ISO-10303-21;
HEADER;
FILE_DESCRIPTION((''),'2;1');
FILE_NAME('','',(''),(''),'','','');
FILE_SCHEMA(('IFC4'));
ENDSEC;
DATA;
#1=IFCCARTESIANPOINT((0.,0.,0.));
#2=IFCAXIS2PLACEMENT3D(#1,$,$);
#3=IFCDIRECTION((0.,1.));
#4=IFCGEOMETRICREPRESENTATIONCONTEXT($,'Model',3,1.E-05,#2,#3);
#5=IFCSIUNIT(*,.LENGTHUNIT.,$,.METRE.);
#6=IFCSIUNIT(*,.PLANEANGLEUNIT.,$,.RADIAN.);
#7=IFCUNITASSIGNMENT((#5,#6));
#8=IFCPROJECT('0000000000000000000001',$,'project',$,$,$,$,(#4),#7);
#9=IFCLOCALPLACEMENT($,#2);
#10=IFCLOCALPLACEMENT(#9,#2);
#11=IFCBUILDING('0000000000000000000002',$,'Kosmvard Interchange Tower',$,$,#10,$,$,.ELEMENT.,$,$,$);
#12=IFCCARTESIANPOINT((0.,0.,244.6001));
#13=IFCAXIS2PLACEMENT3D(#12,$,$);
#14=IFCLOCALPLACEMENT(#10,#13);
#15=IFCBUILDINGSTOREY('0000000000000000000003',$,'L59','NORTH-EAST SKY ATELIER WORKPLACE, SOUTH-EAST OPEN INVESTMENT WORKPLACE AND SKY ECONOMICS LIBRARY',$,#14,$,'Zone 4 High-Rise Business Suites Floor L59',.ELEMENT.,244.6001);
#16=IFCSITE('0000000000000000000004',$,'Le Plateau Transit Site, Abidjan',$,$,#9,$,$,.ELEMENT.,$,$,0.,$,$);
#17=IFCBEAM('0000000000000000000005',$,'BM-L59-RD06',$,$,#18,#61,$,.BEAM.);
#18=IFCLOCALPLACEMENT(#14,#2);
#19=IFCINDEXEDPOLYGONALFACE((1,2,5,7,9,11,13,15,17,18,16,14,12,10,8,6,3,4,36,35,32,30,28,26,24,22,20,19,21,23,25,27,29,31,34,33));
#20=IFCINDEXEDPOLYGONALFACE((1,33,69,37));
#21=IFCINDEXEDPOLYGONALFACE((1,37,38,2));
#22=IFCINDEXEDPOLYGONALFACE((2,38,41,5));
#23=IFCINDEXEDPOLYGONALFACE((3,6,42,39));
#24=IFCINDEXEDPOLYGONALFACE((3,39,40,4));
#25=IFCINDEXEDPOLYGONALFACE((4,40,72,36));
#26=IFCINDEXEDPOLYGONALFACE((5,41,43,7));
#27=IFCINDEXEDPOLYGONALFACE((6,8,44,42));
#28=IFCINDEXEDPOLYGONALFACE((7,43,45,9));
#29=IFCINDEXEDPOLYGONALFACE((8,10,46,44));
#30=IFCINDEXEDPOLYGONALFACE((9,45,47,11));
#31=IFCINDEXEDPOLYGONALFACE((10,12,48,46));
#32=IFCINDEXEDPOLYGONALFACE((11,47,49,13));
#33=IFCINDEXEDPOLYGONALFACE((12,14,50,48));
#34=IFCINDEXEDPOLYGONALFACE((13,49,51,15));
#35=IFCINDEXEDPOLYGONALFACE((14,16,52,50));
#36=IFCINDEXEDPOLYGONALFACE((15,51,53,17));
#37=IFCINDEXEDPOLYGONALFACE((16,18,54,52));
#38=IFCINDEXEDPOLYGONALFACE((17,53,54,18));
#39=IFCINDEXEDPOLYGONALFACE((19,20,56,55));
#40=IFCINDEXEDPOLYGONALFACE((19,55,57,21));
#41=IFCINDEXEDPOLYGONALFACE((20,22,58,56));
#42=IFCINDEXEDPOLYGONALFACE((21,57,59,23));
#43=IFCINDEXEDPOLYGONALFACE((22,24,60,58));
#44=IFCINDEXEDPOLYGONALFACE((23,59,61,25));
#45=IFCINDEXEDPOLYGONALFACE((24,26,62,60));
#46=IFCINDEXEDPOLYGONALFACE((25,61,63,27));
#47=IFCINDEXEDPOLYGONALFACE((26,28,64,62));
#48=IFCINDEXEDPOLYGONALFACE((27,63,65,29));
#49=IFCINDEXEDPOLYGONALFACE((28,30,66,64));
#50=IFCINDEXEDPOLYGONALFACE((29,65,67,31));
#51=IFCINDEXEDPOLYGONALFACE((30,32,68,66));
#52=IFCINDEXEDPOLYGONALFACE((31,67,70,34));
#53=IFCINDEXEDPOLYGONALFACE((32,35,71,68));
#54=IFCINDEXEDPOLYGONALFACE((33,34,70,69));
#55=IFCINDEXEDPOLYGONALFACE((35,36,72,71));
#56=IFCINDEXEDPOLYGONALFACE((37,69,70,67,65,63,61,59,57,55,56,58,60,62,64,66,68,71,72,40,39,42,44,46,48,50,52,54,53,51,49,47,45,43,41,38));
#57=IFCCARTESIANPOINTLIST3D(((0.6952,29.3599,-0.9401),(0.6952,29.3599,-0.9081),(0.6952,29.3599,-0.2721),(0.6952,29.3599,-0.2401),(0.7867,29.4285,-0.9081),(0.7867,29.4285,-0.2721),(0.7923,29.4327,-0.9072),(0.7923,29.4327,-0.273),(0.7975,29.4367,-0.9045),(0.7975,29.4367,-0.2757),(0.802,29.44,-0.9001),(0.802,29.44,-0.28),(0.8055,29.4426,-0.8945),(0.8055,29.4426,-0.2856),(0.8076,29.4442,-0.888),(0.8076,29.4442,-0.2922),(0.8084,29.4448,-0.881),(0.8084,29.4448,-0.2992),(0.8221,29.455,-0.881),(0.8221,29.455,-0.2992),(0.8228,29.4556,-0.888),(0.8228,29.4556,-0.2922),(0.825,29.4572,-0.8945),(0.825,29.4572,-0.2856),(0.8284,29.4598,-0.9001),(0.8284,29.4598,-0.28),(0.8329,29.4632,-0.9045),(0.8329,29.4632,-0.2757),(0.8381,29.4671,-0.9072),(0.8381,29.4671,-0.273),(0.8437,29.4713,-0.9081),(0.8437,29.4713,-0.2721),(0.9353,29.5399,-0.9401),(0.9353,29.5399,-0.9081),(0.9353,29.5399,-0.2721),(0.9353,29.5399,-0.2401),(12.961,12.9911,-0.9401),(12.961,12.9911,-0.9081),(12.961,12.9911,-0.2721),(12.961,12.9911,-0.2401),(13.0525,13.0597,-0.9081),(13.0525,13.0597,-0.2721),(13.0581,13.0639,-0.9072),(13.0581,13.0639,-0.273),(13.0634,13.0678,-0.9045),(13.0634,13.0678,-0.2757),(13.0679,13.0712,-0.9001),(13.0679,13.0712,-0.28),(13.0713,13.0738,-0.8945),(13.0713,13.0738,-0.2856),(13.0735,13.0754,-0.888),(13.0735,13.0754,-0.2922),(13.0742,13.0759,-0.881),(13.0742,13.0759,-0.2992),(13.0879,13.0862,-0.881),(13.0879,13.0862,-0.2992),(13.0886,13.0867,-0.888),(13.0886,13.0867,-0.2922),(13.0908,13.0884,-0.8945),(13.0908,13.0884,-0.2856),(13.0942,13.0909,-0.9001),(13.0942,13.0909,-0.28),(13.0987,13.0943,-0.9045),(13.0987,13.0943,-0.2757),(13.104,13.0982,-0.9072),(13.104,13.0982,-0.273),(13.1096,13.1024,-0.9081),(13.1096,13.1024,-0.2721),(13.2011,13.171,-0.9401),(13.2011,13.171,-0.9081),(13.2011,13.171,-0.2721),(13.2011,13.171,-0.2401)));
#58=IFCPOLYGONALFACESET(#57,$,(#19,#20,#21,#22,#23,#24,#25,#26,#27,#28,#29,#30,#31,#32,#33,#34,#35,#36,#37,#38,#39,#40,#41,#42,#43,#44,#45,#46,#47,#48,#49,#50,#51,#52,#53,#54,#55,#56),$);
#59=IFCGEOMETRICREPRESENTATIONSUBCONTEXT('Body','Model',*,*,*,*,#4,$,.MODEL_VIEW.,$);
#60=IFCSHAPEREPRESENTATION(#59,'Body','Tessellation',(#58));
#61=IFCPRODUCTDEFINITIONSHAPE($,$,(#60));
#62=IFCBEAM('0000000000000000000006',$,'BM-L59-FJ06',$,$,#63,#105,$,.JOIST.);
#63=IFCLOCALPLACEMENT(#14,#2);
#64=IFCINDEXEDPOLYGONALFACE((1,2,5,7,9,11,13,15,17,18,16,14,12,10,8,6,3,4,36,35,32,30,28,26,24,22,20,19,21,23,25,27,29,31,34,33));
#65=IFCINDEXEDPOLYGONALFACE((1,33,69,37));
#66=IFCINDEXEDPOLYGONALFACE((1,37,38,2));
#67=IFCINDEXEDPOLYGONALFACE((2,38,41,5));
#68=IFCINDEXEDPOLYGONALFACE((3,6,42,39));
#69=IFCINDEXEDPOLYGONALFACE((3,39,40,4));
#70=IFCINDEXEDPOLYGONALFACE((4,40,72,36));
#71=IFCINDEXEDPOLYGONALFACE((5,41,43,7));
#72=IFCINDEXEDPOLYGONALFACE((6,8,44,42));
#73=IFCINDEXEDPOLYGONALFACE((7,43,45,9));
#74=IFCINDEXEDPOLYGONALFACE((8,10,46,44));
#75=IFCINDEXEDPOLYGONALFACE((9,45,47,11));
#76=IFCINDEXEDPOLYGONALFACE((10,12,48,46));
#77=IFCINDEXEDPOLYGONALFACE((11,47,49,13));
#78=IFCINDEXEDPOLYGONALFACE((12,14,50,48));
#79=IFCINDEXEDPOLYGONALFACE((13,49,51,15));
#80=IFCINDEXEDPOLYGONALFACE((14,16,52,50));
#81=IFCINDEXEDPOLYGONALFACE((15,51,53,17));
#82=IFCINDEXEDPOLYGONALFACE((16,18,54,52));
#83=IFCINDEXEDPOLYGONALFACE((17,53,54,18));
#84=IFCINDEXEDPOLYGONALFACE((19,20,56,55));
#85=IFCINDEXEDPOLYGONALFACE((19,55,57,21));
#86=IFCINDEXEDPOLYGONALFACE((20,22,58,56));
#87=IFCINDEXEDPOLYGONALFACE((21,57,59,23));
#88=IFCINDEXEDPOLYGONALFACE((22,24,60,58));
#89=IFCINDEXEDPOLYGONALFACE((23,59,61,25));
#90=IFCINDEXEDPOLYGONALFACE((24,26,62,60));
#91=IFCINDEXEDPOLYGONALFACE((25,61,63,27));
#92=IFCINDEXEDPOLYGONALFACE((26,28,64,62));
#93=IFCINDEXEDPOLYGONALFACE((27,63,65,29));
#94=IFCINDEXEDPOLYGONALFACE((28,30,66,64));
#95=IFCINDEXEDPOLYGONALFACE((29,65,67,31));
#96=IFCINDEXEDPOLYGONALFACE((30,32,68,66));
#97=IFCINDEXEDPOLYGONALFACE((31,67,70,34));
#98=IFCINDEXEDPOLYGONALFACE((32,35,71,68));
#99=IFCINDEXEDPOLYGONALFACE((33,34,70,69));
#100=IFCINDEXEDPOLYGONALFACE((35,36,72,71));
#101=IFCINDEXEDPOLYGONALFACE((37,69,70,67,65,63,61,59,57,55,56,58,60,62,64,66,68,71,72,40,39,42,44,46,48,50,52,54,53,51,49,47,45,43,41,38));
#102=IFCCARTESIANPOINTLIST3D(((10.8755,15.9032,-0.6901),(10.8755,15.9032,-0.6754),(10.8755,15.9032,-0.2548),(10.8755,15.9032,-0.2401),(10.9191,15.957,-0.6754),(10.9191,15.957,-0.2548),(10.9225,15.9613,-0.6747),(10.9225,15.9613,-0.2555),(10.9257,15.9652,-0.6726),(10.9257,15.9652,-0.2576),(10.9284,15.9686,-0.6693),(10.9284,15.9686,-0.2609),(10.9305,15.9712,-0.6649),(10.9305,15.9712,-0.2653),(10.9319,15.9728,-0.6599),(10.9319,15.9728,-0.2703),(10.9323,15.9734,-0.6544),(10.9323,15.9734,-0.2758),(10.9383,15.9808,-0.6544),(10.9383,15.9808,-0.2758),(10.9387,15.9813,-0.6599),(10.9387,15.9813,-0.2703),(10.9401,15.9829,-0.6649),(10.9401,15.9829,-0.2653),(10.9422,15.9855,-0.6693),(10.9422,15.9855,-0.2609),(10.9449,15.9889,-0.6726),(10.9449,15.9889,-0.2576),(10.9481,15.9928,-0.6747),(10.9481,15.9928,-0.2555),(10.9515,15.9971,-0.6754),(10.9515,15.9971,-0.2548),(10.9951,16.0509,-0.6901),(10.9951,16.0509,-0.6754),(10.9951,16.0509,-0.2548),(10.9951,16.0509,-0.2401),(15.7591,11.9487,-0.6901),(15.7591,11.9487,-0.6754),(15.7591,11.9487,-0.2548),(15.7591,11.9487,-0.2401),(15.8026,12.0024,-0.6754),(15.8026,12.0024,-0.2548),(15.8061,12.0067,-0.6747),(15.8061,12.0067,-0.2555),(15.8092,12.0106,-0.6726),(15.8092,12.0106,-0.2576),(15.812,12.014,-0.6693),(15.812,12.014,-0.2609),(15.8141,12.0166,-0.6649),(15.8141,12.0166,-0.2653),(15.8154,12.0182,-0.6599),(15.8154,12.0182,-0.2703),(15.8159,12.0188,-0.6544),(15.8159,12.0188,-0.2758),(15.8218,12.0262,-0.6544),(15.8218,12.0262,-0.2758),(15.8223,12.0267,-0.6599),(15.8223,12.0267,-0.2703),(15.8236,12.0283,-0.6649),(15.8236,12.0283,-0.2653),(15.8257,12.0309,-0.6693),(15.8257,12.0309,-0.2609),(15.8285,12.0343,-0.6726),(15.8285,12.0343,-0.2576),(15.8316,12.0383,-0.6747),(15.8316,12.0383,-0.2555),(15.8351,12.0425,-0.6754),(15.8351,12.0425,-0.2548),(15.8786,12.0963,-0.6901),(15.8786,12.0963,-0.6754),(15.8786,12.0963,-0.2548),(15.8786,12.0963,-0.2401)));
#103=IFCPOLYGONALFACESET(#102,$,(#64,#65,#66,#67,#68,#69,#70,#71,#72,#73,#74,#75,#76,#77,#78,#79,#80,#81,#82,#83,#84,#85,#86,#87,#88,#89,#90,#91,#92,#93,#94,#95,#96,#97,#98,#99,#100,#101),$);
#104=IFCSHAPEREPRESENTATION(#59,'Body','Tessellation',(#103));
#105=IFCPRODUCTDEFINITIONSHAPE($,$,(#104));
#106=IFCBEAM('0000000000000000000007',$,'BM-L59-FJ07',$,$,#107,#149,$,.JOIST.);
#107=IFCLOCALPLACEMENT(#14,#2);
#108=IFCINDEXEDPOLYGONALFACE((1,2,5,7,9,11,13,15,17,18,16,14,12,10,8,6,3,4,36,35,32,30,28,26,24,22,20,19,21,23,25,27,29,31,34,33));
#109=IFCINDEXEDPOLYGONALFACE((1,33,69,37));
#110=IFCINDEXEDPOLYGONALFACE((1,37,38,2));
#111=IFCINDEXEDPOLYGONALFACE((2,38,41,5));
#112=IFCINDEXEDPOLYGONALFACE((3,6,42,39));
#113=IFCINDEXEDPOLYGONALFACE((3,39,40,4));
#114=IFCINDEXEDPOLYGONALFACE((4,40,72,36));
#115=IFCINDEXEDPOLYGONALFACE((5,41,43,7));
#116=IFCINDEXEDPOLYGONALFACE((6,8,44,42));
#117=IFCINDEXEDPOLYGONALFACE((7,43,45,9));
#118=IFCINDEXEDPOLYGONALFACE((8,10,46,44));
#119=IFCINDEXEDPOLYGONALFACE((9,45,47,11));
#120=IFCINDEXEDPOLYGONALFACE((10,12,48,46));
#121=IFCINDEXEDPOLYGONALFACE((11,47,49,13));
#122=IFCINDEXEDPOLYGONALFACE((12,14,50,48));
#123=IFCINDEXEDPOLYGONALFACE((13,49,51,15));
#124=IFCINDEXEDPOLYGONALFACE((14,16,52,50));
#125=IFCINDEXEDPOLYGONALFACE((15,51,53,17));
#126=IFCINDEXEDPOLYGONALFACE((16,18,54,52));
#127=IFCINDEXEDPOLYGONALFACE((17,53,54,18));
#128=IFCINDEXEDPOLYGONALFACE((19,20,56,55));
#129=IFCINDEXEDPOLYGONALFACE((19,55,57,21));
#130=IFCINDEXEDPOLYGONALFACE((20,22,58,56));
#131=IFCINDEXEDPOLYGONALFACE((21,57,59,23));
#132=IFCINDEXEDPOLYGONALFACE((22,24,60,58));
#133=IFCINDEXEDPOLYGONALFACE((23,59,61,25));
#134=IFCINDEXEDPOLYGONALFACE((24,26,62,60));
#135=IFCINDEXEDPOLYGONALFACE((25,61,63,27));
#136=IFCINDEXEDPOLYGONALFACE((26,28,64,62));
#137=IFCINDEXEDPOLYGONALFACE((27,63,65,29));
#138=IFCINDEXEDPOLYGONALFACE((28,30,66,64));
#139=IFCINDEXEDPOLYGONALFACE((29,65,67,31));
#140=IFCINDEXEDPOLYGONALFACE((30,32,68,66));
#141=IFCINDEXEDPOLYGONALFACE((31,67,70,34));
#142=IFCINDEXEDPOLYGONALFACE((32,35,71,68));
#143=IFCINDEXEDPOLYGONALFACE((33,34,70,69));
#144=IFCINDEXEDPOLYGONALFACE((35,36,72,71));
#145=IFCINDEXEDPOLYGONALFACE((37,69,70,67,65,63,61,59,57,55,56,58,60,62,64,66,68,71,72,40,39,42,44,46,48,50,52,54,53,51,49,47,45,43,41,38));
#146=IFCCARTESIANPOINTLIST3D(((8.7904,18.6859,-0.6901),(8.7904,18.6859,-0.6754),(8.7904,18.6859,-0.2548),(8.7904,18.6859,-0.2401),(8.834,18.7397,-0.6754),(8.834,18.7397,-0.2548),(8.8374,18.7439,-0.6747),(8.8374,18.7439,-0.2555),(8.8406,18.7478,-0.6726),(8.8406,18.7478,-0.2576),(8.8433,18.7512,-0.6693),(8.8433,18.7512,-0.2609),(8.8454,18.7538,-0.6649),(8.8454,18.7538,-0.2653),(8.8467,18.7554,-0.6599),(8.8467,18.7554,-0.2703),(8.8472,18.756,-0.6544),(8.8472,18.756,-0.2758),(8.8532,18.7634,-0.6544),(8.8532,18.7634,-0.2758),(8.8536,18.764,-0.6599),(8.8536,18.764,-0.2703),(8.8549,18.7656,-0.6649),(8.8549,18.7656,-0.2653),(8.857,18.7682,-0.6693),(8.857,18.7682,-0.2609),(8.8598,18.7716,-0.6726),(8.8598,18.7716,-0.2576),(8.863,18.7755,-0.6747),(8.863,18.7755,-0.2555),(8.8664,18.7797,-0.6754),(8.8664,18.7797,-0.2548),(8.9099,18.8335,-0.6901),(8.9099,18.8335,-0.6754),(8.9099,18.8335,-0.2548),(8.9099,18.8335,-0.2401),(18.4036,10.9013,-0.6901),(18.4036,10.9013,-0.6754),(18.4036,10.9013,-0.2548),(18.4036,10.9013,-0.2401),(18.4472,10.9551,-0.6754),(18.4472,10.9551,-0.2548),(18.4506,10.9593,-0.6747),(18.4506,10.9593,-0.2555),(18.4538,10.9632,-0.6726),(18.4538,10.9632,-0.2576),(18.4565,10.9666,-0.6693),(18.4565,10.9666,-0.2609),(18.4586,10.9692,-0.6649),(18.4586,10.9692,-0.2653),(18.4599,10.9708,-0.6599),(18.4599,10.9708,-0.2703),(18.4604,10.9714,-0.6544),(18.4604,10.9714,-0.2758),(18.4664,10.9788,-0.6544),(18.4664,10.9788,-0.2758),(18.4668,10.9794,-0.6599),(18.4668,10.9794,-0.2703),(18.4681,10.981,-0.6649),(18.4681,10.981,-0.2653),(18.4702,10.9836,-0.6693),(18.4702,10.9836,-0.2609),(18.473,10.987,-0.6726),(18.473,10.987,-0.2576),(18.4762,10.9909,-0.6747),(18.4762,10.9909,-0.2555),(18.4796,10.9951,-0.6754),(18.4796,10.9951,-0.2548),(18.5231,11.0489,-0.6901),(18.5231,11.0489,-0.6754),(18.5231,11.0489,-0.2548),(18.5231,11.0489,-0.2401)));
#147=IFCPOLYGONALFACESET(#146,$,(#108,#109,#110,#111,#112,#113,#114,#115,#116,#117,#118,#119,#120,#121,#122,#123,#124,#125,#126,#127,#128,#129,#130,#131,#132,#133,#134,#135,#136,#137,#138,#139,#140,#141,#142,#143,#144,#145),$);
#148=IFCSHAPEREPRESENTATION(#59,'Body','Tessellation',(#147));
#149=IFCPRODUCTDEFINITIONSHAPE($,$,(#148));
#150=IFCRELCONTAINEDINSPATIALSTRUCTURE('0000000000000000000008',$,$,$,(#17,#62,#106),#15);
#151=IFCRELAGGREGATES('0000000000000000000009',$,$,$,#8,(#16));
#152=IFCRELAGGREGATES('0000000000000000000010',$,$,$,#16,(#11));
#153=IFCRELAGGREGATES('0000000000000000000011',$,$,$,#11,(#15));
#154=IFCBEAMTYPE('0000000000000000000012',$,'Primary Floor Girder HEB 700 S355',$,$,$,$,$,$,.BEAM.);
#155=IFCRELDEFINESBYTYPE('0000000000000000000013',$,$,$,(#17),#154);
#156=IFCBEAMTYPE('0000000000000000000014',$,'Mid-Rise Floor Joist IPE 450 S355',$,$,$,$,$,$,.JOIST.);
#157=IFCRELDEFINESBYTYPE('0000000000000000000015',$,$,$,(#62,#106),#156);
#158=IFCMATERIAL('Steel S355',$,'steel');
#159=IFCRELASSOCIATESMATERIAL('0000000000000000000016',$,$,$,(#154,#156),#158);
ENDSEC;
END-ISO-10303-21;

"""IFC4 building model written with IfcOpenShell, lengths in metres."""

from ifc_helpers import new_model, si_unit, direction, frame, origin, origin_2d, place, context, subcontext, project, spatial, i_section, extrude, source, transform, mapped, material, material_profile, profile_set, type_object, element, save


model = new_model("IFC4")

# Units and contexts
model_context = context("Model", 3, precision=1e-05, world=origin(), true_north=direction((0.0, 1.0)))
body_context = subcontext(model_context, "Body", "Model", "MODEL_VIEW")
ifc_project = project(units=[si_unit("LENGTHUNIT", "METRE"), si_unit("PLANEANGLEUNIT", "RADIAN")], contexts=[model_context])

# Site, building, storey
site_placement = place(None, origin())
site = spatial("IfcSite", under=ifc_project, at=site_placement, Name="Le Plateau Transit Site, Abidjan", CompositionType="ELEMENT", RefElevation=0.0)
building_placement = place(site_placement, origin())
building = spatial("IfcBuilding", under=site, at=building_placement, Name="Kosmvard Interchange Tower", CompositionType="ELEMENT")
storey_placement = place(building_placement, frame((0.0, 0.0, 244.6001)))
storey = spatial("IfcBuildingStorey", under=building, at=storey_placement, Name="L59", Description="NORTH-EAST SKY ATELIER WORKPLACE, SOUTH-EAST OPEN INVESTMENT WORKPLACE AND SKY ECONOMICS LIBRARY", LongName="Zone 4 High-Rise Business Suites Floor L59", CompositionType="ELEMENT", Elevation=244.6001)

# Beams
ifc_material_1 = material(Name="Steel S355", Category="steel")
ifc_material_profile_1 = material_profile(ifc_material_1, i_section(OverallWidth=0.3, OverallDepth=0.7, WebThickness=0.0171, FlangeThickness=0.032, FilletRadius=0.0271, at=origin_2d()), Name="HEB 700")
ifc_profile_set_1 = profile_set([ifc_material_profile_1], Name="Steel S355")
beam_type_1 = type_object("IfcBeamType", Name="Primary Floor Girder HEB 700 S355", PredefinedType="BEAM", material=ifc_profile_set_1)
shared_shape_1 = source(origin(), body_context, "Body", "SweptSolid", [
    extrude(i_section(OverallWidth=0.3, OverallDepth=0.7, WebThickness=0.0171, FlangeThickness=0.032, FilletRadius=0.0271, at=origin_2d()), origin(), (0.0, 0.0, 1.0), 20.4546),
])
beam_1_placement = place(storey_placement, frame((13.0811, 13.0811, -0.5901), z_axis=(-0.599662, 0.800253, 0.0), x_axis=(-0.800253, -0.599662, 0.0)))
element("IfcBeam", 1, at=beam_1_placement, inside=storey, type_object=beam_type_1, Name="BM-L59-RD06", PredefinedType="BEAM", context=body_context, shape_type="MappedRepresentation", body=[
    mapped(shared_shape_1, transform((0.0, 0.0, 0.0), scale=1.0)),
])
ifc_material_profile_2 = material_profile(ifc_material_1, i_section(OverallWidth=0.1899, OverallDepth=0.45, WebThickness=0.0095, FlangeThickness=0.0146, FilletRadius=0.021, at=origin_2d()), Name="IPE 450")
ifc_profile_set_2 = profile_set([ifc_material_profile_2], Name="Steel S355")
beam_type_2 = type_object("IfcBeamType", Name="Mid-Rise Floor Joist IPE 450 S355", PredefinedType="JOIST", material=ifc_profile_set_2)
shared_shape_2 = source(origin(), body_context, "Body", "SweptSolid", [
    extrude(i_section(OverallWidth=0.1899, OverallDepth=0.45, WebThickness=0.0095, FlangeThickness=0.0146, FilletRadius=0.021, at=origin_2d()), origin(), (0.0, 0.0, 1.0), 6.2839),
])
beam_2_placement = place(storey_placement, frame((15.8188, 12.0225, -0.4651), z_axis=(-0.777148, 0.629318, 0.0), x_axis=(-0.629318, -0.777148, 0.0)))
element("IfcBeam", 2, at=beam_2_placement, inside=storey, type_object=beam_type_2, Name="BM-L59-FJ06", PredefinedType="JOIST", context=body_context, shape_type="MappedRepresentation", body=[
    mapped(shared_shape_2, transform((0.0, 0.0, 0.0), scale=1.0)),
])
shared_shape_3 = source(origin(), body_context, "Body", "SweptSolid", [
    extrude(i_section(OverallWidth=0.1899, OverallDepth=0.45, WebThickness=0.0095, FlangeThickness=0.0146, FilletRadius=0.021, at=origin_2d()), origin(), (0.0, 0.0, 1.0), 12.3699),
])
beam_3_placement = place(storey_placement, frame((18.4634, 10.9751, -0.4651), z_axis=(-0.777147, 0.62932, 0.0), x_axis=(-0.62932, -0.777147, 0.0)))
element("IfcBeam", 3, at=beam_3_placement, inside=storey, type_object=beam_type_2, Name="BM-L59-FJ07", PredefinedType="JOIST", context=body_context, shape_type="MappedRepresentation", body=[
    mapped(shared_shape_3, transform((0.0, 0.0, 0.0), scale=1.0)),
])

save(model, "model.ifc")
